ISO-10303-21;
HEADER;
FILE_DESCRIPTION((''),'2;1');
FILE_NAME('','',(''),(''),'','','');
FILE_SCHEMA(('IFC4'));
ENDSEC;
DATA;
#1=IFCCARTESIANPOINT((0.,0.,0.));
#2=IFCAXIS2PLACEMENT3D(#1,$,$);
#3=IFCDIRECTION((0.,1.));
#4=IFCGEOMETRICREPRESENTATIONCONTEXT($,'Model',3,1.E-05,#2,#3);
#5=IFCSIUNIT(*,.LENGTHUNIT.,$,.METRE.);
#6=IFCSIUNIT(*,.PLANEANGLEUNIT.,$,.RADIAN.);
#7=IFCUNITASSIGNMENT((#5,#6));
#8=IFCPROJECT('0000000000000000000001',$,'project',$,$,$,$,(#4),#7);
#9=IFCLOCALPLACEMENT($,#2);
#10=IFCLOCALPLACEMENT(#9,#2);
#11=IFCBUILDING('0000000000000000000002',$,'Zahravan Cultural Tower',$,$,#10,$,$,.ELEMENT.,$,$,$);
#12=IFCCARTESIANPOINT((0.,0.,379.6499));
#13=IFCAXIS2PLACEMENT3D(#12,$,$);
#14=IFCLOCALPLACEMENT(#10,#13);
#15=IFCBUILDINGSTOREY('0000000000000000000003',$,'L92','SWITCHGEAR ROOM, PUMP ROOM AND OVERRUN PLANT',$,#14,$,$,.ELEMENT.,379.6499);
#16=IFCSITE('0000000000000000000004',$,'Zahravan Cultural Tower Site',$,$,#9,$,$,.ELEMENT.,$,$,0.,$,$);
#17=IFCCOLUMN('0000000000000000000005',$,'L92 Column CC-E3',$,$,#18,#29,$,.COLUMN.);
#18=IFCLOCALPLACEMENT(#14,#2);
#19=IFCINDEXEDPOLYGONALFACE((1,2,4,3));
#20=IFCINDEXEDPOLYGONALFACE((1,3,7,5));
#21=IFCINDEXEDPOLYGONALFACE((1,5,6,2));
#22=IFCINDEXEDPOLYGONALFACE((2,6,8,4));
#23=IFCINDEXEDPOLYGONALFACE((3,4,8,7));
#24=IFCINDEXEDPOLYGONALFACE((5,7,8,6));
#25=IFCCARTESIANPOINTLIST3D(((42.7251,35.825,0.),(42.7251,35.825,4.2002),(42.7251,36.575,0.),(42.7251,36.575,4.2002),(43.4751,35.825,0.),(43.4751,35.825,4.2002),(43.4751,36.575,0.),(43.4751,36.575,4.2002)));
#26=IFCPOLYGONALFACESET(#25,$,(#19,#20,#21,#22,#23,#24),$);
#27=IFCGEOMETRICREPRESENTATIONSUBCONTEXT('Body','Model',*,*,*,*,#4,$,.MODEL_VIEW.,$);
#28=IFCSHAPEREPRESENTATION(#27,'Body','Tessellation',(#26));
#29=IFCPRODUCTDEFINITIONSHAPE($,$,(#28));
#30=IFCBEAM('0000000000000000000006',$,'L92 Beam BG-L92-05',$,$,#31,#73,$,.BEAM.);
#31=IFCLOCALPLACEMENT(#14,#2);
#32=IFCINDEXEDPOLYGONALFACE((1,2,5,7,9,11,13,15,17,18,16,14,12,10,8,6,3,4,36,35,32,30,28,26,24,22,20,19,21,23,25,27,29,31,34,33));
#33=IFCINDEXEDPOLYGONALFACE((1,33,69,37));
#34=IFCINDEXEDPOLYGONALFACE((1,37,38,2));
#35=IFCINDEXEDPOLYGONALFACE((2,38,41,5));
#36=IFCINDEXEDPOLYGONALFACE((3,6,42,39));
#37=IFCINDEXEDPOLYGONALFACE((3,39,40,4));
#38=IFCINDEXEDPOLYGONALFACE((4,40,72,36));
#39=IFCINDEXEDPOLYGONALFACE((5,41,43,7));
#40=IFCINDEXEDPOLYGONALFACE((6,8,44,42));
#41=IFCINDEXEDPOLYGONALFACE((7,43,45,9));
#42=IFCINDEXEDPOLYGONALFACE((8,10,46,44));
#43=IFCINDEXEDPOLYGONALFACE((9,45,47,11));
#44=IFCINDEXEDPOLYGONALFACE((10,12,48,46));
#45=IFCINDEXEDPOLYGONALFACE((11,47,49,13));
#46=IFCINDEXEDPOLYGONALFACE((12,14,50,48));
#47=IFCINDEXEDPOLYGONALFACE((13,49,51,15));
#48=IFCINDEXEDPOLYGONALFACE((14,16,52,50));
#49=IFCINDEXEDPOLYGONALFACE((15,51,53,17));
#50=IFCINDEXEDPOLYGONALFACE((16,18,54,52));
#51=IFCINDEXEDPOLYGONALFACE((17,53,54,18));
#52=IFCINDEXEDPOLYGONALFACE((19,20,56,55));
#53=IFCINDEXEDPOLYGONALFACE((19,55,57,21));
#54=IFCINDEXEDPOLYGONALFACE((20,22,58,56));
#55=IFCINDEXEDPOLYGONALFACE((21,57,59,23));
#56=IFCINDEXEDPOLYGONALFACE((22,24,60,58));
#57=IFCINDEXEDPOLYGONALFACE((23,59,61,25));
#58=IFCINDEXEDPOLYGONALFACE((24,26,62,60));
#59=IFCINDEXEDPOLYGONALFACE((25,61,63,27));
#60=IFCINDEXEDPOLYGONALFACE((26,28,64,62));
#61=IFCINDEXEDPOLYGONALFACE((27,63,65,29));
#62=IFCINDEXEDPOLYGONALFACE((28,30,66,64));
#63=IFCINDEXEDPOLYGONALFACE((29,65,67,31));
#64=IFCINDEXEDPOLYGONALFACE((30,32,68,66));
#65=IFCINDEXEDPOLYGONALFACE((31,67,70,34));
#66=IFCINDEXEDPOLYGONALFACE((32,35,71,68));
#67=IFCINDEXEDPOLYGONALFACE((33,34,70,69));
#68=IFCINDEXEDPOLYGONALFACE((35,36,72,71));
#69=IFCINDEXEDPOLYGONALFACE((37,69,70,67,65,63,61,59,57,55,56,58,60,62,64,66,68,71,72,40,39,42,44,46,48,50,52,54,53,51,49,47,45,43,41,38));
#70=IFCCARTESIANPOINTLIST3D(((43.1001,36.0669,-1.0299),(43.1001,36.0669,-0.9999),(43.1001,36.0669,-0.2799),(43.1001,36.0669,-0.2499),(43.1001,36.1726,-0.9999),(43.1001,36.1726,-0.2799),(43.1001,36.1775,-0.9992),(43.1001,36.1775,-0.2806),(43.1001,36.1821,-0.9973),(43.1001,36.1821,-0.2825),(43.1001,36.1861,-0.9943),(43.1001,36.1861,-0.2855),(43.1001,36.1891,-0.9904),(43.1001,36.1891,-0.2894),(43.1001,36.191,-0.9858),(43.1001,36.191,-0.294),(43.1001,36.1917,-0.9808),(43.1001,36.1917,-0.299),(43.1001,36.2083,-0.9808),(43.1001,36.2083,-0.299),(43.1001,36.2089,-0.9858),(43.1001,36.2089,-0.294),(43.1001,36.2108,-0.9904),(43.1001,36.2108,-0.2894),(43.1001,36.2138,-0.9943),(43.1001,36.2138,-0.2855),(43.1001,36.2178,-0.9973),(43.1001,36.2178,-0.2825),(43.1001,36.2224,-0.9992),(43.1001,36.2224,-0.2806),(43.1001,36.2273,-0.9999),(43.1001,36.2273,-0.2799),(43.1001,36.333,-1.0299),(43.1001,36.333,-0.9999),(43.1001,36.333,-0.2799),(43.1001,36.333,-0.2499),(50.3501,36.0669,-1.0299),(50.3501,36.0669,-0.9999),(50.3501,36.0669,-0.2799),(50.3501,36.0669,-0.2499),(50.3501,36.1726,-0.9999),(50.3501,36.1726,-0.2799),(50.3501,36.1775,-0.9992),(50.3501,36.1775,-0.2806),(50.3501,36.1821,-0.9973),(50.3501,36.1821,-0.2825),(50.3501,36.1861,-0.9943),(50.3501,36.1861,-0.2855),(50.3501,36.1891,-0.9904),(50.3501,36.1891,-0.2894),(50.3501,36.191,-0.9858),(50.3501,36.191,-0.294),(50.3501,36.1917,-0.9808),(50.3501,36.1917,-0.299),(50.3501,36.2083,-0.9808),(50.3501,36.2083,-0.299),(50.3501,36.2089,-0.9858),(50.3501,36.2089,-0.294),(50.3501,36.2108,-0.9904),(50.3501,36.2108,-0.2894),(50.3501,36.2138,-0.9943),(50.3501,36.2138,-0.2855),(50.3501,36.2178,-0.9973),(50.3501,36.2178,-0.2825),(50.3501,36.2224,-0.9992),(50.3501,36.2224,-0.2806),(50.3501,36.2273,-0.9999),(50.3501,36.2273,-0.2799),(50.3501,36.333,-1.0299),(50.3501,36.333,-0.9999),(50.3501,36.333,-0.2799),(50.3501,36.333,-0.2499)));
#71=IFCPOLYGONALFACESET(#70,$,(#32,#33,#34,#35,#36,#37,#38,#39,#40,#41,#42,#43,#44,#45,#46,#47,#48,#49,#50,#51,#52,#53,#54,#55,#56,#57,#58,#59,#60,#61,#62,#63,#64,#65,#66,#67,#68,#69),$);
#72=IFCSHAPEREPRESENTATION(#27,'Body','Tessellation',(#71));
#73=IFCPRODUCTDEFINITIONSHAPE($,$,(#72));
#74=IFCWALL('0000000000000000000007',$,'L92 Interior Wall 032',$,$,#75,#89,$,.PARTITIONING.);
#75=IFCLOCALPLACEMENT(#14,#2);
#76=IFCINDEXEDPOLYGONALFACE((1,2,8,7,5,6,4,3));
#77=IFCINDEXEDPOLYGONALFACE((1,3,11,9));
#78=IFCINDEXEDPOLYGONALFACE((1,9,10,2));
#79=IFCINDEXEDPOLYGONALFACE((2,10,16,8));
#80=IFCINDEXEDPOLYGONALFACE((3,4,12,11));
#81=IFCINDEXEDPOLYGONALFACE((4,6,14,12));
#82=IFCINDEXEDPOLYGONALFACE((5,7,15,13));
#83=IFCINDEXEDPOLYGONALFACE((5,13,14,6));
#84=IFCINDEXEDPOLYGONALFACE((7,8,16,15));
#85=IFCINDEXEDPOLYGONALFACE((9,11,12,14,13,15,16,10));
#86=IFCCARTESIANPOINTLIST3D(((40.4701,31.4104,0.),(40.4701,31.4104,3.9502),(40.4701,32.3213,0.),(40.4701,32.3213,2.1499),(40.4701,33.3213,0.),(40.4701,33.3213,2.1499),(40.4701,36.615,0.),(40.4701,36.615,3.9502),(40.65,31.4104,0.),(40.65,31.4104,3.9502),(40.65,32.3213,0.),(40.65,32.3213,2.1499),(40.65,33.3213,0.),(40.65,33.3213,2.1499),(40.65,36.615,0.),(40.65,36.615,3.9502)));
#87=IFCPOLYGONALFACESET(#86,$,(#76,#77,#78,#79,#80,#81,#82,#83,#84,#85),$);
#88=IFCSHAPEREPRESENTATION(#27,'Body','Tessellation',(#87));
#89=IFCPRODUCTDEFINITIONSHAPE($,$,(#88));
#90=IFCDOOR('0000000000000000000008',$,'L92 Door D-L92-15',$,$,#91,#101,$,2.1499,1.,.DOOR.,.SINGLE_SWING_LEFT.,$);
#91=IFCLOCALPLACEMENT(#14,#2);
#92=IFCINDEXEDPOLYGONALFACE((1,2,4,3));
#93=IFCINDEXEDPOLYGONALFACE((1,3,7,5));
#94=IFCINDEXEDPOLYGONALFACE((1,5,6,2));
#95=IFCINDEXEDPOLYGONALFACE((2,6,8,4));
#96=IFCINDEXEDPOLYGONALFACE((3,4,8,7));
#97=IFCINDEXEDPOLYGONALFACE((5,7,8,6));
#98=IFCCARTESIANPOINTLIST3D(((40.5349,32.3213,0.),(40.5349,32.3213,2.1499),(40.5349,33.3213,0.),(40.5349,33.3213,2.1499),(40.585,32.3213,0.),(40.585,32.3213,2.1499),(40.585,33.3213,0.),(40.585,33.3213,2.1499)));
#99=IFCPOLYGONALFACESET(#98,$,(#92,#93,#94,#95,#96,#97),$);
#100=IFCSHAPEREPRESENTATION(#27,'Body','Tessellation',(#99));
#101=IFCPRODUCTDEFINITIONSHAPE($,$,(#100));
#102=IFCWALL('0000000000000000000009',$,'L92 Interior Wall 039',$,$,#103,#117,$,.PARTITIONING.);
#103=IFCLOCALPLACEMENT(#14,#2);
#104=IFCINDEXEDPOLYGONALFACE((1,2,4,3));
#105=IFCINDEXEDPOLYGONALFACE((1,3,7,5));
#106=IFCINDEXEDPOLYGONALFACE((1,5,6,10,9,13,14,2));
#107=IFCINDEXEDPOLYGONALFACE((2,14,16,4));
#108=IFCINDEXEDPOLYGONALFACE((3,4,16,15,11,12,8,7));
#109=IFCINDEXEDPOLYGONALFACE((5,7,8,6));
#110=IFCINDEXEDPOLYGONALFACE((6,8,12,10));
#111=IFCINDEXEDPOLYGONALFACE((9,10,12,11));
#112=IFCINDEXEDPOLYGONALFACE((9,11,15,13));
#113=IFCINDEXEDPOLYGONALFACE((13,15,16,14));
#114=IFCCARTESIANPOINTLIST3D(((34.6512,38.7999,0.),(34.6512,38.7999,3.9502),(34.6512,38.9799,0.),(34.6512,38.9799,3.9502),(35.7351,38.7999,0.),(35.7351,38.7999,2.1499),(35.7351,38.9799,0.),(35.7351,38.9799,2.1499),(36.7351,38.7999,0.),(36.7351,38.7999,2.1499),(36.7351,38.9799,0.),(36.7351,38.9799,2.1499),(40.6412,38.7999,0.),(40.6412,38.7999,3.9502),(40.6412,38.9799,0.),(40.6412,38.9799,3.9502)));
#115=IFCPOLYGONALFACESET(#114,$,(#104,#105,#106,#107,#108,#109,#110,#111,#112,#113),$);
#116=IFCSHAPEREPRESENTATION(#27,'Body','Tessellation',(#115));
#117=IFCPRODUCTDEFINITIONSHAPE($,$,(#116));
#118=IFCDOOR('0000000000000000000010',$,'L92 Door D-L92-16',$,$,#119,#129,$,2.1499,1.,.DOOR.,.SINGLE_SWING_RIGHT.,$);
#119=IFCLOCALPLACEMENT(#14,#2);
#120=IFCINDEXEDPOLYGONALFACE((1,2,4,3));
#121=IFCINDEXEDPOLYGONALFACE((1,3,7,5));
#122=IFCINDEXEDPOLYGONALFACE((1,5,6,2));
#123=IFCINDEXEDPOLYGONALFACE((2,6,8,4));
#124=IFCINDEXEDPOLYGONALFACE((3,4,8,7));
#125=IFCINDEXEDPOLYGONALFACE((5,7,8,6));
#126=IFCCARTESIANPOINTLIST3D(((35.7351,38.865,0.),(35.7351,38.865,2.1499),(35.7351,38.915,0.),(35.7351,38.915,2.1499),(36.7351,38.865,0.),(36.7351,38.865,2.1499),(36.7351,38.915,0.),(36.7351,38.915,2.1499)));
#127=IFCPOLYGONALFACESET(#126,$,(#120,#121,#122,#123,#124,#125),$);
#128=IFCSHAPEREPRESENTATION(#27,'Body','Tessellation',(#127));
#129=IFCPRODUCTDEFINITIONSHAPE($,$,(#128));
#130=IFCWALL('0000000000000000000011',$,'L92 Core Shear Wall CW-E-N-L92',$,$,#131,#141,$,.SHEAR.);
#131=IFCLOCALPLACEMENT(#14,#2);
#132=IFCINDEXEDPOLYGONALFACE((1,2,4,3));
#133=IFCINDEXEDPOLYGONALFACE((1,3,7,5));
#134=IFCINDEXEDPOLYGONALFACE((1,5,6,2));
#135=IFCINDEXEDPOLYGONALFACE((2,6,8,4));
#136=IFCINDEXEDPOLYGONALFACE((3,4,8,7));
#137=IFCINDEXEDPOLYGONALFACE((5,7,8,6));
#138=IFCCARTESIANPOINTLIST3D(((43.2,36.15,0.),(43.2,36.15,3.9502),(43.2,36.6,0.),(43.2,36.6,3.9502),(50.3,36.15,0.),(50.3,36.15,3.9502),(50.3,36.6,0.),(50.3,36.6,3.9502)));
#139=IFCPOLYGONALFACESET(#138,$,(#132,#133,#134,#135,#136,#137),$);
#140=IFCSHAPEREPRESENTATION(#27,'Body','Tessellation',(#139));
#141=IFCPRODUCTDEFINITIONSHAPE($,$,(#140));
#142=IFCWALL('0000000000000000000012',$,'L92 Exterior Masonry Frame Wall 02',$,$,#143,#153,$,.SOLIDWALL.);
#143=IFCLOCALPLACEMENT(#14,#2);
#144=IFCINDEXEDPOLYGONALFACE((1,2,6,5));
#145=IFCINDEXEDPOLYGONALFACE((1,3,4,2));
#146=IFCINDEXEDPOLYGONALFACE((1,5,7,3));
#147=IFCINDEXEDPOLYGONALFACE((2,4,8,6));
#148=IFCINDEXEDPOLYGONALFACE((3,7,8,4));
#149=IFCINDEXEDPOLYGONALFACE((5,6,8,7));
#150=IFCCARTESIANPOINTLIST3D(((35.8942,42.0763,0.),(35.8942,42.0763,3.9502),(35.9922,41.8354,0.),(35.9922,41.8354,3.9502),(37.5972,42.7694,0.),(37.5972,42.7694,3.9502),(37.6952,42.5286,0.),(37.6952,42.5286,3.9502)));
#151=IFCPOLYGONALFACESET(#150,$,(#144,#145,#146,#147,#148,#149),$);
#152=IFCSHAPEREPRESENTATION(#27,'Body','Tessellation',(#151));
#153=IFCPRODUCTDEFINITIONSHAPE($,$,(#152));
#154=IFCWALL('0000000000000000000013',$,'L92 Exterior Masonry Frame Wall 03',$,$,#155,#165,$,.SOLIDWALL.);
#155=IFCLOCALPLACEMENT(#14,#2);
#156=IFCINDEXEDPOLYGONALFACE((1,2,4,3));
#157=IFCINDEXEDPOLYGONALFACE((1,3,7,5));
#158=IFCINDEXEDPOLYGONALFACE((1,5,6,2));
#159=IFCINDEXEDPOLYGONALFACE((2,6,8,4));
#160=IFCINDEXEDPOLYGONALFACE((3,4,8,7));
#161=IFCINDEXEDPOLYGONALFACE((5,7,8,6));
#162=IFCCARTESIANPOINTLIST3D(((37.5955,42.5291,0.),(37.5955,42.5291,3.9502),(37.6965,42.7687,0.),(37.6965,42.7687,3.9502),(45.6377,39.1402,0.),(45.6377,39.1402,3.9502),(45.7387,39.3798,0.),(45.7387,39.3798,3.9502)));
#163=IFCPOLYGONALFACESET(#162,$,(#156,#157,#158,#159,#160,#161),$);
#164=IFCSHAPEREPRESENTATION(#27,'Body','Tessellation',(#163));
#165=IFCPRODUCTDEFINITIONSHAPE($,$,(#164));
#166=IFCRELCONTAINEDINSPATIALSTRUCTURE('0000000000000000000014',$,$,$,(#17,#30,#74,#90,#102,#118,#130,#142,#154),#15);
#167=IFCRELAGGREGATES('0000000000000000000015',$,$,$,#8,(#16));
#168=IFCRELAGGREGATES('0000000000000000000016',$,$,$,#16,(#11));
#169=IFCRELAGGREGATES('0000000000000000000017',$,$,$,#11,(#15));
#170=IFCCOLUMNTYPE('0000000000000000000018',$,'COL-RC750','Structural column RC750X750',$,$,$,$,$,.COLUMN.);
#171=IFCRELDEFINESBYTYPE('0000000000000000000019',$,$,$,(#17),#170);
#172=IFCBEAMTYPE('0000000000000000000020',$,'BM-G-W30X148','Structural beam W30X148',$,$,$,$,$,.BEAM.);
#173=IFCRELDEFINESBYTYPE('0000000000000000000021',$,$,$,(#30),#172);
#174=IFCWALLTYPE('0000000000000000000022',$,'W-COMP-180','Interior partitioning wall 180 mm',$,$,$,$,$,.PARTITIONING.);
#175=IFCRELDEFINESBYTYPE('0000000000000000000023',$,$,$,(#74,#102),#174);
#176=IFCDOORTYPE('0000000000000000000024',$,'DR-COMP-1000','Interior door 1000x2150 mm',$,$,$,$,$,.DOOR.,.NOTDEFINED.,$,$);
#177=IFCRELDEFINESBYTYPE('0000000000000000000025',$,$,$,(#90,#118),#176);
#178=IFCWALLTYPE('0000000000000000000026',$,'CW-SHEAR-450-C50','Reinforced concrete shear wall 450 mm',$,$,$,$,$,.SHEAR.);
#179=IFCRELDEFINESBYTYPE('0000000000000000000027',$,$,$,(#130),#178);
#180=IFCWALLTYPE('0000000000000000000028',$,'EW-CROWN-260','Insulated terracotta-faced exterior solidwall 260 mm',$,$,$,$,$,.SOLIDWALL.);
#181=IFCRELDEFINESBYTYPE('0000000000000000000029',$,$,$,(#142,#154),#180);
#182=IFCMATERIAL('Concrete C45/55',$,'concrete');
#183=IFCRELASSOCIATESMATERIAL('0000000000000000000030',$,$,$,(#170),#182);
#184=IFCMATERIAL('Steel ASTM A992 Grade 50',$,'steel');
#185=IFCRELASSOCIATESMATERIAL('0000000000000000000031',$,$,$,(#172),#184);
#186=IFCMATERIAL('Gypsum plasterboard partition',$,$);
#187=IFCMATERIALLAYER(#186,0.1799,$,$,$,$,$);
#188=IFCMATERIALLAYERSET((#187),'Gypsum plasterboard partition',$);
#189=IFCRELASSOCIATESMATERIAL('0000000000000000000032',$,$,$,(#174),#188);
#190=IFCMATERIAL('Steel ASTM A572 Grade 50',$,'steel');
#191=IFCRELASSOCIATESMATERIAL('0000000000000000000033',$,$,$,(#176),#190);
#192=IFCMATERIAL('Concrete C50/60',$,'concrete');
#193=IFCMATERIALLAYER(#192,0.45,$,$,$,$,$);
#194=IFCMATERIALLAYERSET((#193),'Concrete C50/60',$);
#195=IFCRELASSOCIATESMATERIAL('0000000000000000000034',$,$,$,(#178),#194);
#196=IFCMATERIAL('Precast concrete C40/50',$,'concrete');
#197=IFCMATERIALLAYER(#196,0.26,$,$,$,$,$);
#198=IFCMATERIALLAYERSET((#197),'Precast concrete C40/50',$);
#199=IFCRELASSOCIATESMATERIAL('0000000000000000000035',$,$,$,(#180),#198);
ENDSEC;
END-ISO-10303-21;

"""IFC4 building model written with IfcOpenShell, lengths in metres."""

from ifc_helpers import new_model, si_unit, direction, frame, frame_2d, origin, origin_2d, place, context, subcontext, project, spatial, rectangle, i_section, extrude, source, transform, mapped, material, layer, layer_set, material_profile, profile_set, type_object, element, fill, save


model = new_model("IFC4")

# Units and contexts
model_context = context("Model", 3, precision=1e-05, world=origin(), true_north=direction((0.0, 1.0)))
body_context = subcontext(model_context, "Body", "Model", "MODEL_VIEW")
ifc_project = project(units=[si_unit("LENGTHUNIT", "METRE"), si_unit("PLANEANGLEUNIT", "RADIAN")], contexts=[model_context])

# Site, building, storey
site_placement = place(None, origin())
site = spatial("IfcSite", under=ifc_project, at=site_placement, Name="Zahravan Cultural Tower Site", CompositionType="ELEMENT", RefElevation=0.0)
building_placement = place(site_placement, origin())
building = spatial("IfcBuilding", under=site, at=building_placement, Name="Zahravan Cultural Tower", CompositionType="ELEMENT")
storey_placement = place(building_placement, frame((0.0, 0.0, 379.6499)))
storey = spatial("IfcBuildingStorey", under=building, at=storey_placement, Name="L92", Description="SWITCHGEAR ROOM, PUMP ROOM AND OVERRUN PLANT", CompositionType="ELEMENT", Elevation=379.6499)

# Column
ifc_material_1 = material(Name="Concrete C45/55", Category="concrete")
ifc_material_profile_1 = material_profile(ifc_material_1, rectangle(XDim=0.75, YDim=0.75, at=origin_2d()), Name="RC750X750")
ifc_profile_set_1 = profile_set([ifc_material_profile_1], Name="Concrete C45/55")
column_type = type_object("IfcColumnType", Name="COL-RC750", Description="Structural column RC750X750", PredefinedType="COLUMN", material=ifc_profile_set_1)
shared_shape_1 = source(origin(), body_context, "Body", "SweptSolid", [
    extrude(rectangle(XDim=0.75, YDim=0.75, at=origin_2d()), origin(), (0.0, 0.0, 1.0), 4.2002),
])
column_placement = place(storey_placement, frame((43.1001, 36.2, 0.0), z_axis=(0.0, 0.0, 1.0), x_axis=(1.0, 0.0, 0.0)))
element("IfcColumn", 1, at=column_placement, inside=storey, type_object=column_type, Name="L92 Column CC-E3", PredefinedType="COLUMN", context=body_context, shape_type="MappedRepresentation", body=[
    mapped(shared_shape_1, transform((0.0, 0.0, 0.0), x_axis=(1.0, 0.0, 0.0), y_axis=(0.0, 1.0, 0.0), z_axis=(0.0, 0.0, 1.0), scale=1.0)),
])

# Beam
ifc_material_2 = material(Name="Steel ASTM A992 Grade 50", Category="steel")
ifc_material_profile_2 = material_profile(ifc_material_2, i_section(OverallWidth=0.2661, OverallDepth=0.78, WebThickness=0.0166, FlangeThickness=0.03, FilletRadius=0.019, at=origin_2d()), Name="W30X148")
ifc_profile_set_2 = profile_set([ifc_material_profile_2], Name="Steel ASTM A992 Grade 50")
beam_type = type_object("IfcBeamType", Name="BM-G-W30X148", Description="Structural beam W30X148", PredefinedType="BEAM", material=ifc_profile_set_2)
shared_shape_2 = source(origin(), body_context, "Body", "SweptSolid", [
    extrude(i_section(OverallWidth=0.2661, OverallDepth=0.78, WebThickness=0.0166, FlangeThickness=0.03, FilletRadius=0.019, at=origin_2d()), origin(), (0.0, 0.0, 1.0), 7.25),
])
beam_placement = place(storey_placement, frame((43.1001, 36.2, -0.6399), z_axis=(1.0, 0.0, 0.0), x_axis=(0.0, 1.0, 0.0)))
element("IfcBeam", 2, at=beam_placement, inside=storey, type_object=beam_type, Name="L92 Beam BG-L92-05", PredefinedType="BEAM", context=body_context, shape_type="MappedRepresentation", body=[
    mapped(shared_shape_2, transform((0.0, 0.0, 0.0), x_axis=(1.0, 0.0, 0.0), y_axis=(0.0, 1.0, 0.0), z_axis=(0.0, 0.0, 1.0), scale=1.0)),
])

# Walls, openings, doors
ifc_material_3 = material(Name="Gypsum plasterboard partition")
ifc_layer_1 = layer(ifc_material_3, 0.1799)
ifc_layer_set_1 = layer_set([ifc_layer_1], Name="Gypsum plasterboard partition")
wall_type_1 = type_object("IfcWallType", Name="W-COMP-180", Description="Interior partitioning wall 180 mm", PredefinedType="PARTITIONING", material=ifc_layer_set_1)
wall_1_placement = place(storey_placement, frame((40.5601, 36.615, 0.0), z_axis=(0.0, 0.0, 1.0), x_axis=(0.0, -1.0, 0.0)))
wall_1 = element("IfcWall", 3, at=wall_1_placement, inside=storey, type_object=wall_type_1, Name="L92 Interior Wall 032", PredefinedType="PARTITIONING", context=body_context, shape_type="SweptSolid", body=[
    extrude(rectangle(XDim=5.2046, YDim=0.1799, at=frame_2d((2.6023, 0.0))), origin(), (0.0, 0.0, 1.0), 3.9502),
])
opening_1_placement = place(wall_1_placement, frame((3.2937, 0.0, 0.0)))
opening_1 = element("IfcOpeningElement", 4, at=opening_1_placement, cuts=wall_1, PredefinedType="OPENING", context=body_context, shape_type="SweptSolid", body=[
    extrude(rectangle(XDim=1.0, YDim=2.1499, at=frame_2d((0.5, 1.075))), frame((0.0, 0.0999, 0.0), z_axis=(0.0, -1.0, 0.0), x_axis=(1.0, 0.0, 0.0)), (0.0, 0.0, 1.0), 0.2),
])
ifc_material_4 = material(Name="Steel ASTM A572 Grade 50", Category="steel")
door_type_1 = type_object("IfcDoorType", Name="DR-COMP-1000", Description="Interior door 1000x2150 mm", OperationType="NOTDEFINED", PredefinedType="DOOR", material=ifc_material_4)
shared_shape_3 = source(origin(), body_context, "Body", "SweptSolid", [
    extrude(rectangle(XDim=1.0, YDim=2.1499, at=frame_2d((0.5, 1.075))), frame((0.0, 0.0249, 0.0), z_axis=(0.0, -1.0, 0.0), x_axis=(1.0, 0.0, 0.0)), (0.0, 0.0, 1.0), 0.05),
])
door_1_placement = place(opening_1_placement, origin())
door_1 = element("IfcDoor", 5, at=door_1_placement, inside=storey, type_object=door_type_1, Name="L92 Door D-L92-15", OperationType="SINGLE_SWING_LEFT", OverallHeight=2.1499, OverallWidth=1.0, PredefinedType="DOOR", context=body_context, shape_type="MappedRepresentation", body=[
    mapped(shared_shape_3, transform((0.0, 0.0, 0.0), x_axis=(1.0, 0.0, 0.0), y_axis=(0.0, 1.0, 0.0), z_axis=(0.0, 0.0, 1.0), scale=1.0)),
])
fill(opening_1, door_1)
wall_2_placement = place(storey_placement, frame((40.6414, 38.8899, 0.0), z_axis=(0.0, 0.0, 1.0), x_axis=(-1.0, 0.0, 0.0)))
wall_2 = element("IfcWall", 6, at=wall_2_placement, inside=storey, type_object=wall_type_1, Name="L92 Interior Wall 039", PredefinedType="PARTITIONING", context=body_context, shape_type="SweptSolid", body=[
    extrude(rectangle(XDim=5.99, YDim=0.1799, at=frame_2d((2.9951, 0.0))), origin(), (0.0, 0.0, 1.0), 3.9502),
])
opening_2_placement = place(wall_2_placement, frame((3.9062, 0.0, 0.0)))
opening_2 = element("IfcOpeningElement", 7, at=opening_2_placement, cuts=wall_2, PredefinedType="OPENING", context=body_context, shape_type="SweptSolid", body=[
    extrude(rectangle(XDim=1.0, YDim=2.1499, at=frame_2d((0.5, 1.075))), frame((0.0, 0.0999, 0.0), z_axis=(0.0, -1.0, 0.0), x_axis=(1.0, 0.0, 0.0)), (0.0, 0.0, 1.0), 0.2),
])
door_2_placement = place(opening_2_placement, origin())
door_2 = element("IfcDoor", 8, at=door_2_placement, inside=storey, type_object=door_type_1, Name="L92 Door D-L92-16", OperationType="SINGLE_SWING_RIGHT", OverallHeight=2.1499, OverallWidth=1.0, PredefinedType="DOOR", context=body_context, shape_type="MappedRepresentation", body=[
    mapped(shared_shape_3, transform((0.0, 0.0, 0.0), x_axis=(1.0, 0.0, 0.0), y_axis=(0.0, 1.0, 0.0), z_axis=(0.0, 0.0, 1.0), scale=1.0)),
])
fill(opening_2, door_2)

# Walls
ifc_material_5 = material(Name="Concrete C50/60", Category="concrete")
ifc_layer_2 = layer(ifc_material_5, 0.45)
ifc_layer_set_2 = layer_set([ifc_layer_2], Name="Concrete C50/60")
wall_type_2 = type_object("IfcWallType", Name="CW-SHEAR-450-C50", Description="Reinforced concrete shear wall 450 mm", PredefinedType="SHEAR", material=ifc_layer_set_2)
shared_shape_4 = source(origin(), body_context, "Body", "SweptSolid", [
    extrude(rectangle(XDim=7.1001, YDim=0.45, at=frame_2d((3.55, 0.0))), origin(), (0.0, 0.0, 1.0), 3.9502),
])
wall_3_placement = place(storey_placement, frame((43.2, 36.375, 0.0), z_axis=(0.0, 0.0, 1.0), x_axis=(1.0, 0.0, 0.0)))
element("IfcWall", 9, at=wall_3_placement, inside=storey, type_object=wall_type_2, Name="L92 Core Shear Wall CW-E-N-L92", PredefinedType="SHEAR", context=body_context, shape_type="MappedRepresentation", body=[
    mapped(shared_shape_4, transform((0.0, 0.0, 0.0), x_axis=(1.0, 0.0, 0.0), y_axis=(0.0, 1.0, 0.0), z_axis=(0.0, 0.0, 1.0), scale=1.0)),
])
ifc_material_6 = material(Name="Precast concrete C40/50", Category="concrete")
ifc_layer_3 = layer(ifc_material_6, 0.26)
ifc_layer_set_3 = layer_set([ifc_layer_3], Name="Precast concrete C40/50")
wall_type_3 = type_object("IfcWallType", Name="EW-CROWN-260", Description="Insulated terracotta-faced exterior solidwall 260 mm", PredefinedType="SOLIDWALL", material=ifc_layer_set_3)
shared_shape_5 = source(origin(), body_context, "Body", "SweptSolid", [
    extrude(rectangle(XDim=1.8386, YDim=0.26, at=frame_2d((0.9194, 0.0))), origin(), (0.0, 0.0, 1.0), 3.9502),
])
wall_4_placement = place(storey_placement, frame((35.9431, 41.9558, 0.0), z_axis=(0.0, 0.0, 1.0), x_axis=(0.926216, 0.376993, 0.0)))
element("IfcWall", 10, at=wall_4_placement, inside=storey, type_object=wall_type_3, Name="L92 Exterior Masonry Frame Wall 02", PredefinedType="SOLIDWALL", context=body_context, shape_type="MappedRepresentation", body=[
    mapped(shared_shape_5, transform((0.0, 0.0, 0.0), x_axis=(1.0, 0.0, 0.0), y_axis=(0.0, 1.0, 0.0), z_axis=(0.0, 0.0, 1.0), scale=1.0)),
])
shared_shape_6 = source(origin(), body_context, "Body", "SweptSolid", [
    extrude(rectangle(XDim=8.7271, YDim=0.26, at=frame_2d((4.3635, 0.0))), origin(), (0.0, 0.0, 1.0), 3.9502),
])
wall_5_placement = place(storey_placement, frame((37.646, 42.6489, 0.0), z_axis=(0.0, 0.0, 1.0), x_axis=(0.921524, -0.388321, 0.0)))
element("IfcWall", 11, at=wall_5_placement, inside=storey, type_object=wall_type_3, Name="L92 Exterior Masonry Frame Wall 03", PredefinedType="SOLIDWALL", context=body_context, shape_type="MappedRepresentation", body=[
    mapped(shared_shape_6, transform((0.0, 0.0, 0.0), x_axis=(1.0, 0.0, 0.0), y_axis=(0.0, 1.0, 0.0), z_axis=(0.0, 0.0, 1.0), scale=1.0)),
])

save(model, "model.ifc")
